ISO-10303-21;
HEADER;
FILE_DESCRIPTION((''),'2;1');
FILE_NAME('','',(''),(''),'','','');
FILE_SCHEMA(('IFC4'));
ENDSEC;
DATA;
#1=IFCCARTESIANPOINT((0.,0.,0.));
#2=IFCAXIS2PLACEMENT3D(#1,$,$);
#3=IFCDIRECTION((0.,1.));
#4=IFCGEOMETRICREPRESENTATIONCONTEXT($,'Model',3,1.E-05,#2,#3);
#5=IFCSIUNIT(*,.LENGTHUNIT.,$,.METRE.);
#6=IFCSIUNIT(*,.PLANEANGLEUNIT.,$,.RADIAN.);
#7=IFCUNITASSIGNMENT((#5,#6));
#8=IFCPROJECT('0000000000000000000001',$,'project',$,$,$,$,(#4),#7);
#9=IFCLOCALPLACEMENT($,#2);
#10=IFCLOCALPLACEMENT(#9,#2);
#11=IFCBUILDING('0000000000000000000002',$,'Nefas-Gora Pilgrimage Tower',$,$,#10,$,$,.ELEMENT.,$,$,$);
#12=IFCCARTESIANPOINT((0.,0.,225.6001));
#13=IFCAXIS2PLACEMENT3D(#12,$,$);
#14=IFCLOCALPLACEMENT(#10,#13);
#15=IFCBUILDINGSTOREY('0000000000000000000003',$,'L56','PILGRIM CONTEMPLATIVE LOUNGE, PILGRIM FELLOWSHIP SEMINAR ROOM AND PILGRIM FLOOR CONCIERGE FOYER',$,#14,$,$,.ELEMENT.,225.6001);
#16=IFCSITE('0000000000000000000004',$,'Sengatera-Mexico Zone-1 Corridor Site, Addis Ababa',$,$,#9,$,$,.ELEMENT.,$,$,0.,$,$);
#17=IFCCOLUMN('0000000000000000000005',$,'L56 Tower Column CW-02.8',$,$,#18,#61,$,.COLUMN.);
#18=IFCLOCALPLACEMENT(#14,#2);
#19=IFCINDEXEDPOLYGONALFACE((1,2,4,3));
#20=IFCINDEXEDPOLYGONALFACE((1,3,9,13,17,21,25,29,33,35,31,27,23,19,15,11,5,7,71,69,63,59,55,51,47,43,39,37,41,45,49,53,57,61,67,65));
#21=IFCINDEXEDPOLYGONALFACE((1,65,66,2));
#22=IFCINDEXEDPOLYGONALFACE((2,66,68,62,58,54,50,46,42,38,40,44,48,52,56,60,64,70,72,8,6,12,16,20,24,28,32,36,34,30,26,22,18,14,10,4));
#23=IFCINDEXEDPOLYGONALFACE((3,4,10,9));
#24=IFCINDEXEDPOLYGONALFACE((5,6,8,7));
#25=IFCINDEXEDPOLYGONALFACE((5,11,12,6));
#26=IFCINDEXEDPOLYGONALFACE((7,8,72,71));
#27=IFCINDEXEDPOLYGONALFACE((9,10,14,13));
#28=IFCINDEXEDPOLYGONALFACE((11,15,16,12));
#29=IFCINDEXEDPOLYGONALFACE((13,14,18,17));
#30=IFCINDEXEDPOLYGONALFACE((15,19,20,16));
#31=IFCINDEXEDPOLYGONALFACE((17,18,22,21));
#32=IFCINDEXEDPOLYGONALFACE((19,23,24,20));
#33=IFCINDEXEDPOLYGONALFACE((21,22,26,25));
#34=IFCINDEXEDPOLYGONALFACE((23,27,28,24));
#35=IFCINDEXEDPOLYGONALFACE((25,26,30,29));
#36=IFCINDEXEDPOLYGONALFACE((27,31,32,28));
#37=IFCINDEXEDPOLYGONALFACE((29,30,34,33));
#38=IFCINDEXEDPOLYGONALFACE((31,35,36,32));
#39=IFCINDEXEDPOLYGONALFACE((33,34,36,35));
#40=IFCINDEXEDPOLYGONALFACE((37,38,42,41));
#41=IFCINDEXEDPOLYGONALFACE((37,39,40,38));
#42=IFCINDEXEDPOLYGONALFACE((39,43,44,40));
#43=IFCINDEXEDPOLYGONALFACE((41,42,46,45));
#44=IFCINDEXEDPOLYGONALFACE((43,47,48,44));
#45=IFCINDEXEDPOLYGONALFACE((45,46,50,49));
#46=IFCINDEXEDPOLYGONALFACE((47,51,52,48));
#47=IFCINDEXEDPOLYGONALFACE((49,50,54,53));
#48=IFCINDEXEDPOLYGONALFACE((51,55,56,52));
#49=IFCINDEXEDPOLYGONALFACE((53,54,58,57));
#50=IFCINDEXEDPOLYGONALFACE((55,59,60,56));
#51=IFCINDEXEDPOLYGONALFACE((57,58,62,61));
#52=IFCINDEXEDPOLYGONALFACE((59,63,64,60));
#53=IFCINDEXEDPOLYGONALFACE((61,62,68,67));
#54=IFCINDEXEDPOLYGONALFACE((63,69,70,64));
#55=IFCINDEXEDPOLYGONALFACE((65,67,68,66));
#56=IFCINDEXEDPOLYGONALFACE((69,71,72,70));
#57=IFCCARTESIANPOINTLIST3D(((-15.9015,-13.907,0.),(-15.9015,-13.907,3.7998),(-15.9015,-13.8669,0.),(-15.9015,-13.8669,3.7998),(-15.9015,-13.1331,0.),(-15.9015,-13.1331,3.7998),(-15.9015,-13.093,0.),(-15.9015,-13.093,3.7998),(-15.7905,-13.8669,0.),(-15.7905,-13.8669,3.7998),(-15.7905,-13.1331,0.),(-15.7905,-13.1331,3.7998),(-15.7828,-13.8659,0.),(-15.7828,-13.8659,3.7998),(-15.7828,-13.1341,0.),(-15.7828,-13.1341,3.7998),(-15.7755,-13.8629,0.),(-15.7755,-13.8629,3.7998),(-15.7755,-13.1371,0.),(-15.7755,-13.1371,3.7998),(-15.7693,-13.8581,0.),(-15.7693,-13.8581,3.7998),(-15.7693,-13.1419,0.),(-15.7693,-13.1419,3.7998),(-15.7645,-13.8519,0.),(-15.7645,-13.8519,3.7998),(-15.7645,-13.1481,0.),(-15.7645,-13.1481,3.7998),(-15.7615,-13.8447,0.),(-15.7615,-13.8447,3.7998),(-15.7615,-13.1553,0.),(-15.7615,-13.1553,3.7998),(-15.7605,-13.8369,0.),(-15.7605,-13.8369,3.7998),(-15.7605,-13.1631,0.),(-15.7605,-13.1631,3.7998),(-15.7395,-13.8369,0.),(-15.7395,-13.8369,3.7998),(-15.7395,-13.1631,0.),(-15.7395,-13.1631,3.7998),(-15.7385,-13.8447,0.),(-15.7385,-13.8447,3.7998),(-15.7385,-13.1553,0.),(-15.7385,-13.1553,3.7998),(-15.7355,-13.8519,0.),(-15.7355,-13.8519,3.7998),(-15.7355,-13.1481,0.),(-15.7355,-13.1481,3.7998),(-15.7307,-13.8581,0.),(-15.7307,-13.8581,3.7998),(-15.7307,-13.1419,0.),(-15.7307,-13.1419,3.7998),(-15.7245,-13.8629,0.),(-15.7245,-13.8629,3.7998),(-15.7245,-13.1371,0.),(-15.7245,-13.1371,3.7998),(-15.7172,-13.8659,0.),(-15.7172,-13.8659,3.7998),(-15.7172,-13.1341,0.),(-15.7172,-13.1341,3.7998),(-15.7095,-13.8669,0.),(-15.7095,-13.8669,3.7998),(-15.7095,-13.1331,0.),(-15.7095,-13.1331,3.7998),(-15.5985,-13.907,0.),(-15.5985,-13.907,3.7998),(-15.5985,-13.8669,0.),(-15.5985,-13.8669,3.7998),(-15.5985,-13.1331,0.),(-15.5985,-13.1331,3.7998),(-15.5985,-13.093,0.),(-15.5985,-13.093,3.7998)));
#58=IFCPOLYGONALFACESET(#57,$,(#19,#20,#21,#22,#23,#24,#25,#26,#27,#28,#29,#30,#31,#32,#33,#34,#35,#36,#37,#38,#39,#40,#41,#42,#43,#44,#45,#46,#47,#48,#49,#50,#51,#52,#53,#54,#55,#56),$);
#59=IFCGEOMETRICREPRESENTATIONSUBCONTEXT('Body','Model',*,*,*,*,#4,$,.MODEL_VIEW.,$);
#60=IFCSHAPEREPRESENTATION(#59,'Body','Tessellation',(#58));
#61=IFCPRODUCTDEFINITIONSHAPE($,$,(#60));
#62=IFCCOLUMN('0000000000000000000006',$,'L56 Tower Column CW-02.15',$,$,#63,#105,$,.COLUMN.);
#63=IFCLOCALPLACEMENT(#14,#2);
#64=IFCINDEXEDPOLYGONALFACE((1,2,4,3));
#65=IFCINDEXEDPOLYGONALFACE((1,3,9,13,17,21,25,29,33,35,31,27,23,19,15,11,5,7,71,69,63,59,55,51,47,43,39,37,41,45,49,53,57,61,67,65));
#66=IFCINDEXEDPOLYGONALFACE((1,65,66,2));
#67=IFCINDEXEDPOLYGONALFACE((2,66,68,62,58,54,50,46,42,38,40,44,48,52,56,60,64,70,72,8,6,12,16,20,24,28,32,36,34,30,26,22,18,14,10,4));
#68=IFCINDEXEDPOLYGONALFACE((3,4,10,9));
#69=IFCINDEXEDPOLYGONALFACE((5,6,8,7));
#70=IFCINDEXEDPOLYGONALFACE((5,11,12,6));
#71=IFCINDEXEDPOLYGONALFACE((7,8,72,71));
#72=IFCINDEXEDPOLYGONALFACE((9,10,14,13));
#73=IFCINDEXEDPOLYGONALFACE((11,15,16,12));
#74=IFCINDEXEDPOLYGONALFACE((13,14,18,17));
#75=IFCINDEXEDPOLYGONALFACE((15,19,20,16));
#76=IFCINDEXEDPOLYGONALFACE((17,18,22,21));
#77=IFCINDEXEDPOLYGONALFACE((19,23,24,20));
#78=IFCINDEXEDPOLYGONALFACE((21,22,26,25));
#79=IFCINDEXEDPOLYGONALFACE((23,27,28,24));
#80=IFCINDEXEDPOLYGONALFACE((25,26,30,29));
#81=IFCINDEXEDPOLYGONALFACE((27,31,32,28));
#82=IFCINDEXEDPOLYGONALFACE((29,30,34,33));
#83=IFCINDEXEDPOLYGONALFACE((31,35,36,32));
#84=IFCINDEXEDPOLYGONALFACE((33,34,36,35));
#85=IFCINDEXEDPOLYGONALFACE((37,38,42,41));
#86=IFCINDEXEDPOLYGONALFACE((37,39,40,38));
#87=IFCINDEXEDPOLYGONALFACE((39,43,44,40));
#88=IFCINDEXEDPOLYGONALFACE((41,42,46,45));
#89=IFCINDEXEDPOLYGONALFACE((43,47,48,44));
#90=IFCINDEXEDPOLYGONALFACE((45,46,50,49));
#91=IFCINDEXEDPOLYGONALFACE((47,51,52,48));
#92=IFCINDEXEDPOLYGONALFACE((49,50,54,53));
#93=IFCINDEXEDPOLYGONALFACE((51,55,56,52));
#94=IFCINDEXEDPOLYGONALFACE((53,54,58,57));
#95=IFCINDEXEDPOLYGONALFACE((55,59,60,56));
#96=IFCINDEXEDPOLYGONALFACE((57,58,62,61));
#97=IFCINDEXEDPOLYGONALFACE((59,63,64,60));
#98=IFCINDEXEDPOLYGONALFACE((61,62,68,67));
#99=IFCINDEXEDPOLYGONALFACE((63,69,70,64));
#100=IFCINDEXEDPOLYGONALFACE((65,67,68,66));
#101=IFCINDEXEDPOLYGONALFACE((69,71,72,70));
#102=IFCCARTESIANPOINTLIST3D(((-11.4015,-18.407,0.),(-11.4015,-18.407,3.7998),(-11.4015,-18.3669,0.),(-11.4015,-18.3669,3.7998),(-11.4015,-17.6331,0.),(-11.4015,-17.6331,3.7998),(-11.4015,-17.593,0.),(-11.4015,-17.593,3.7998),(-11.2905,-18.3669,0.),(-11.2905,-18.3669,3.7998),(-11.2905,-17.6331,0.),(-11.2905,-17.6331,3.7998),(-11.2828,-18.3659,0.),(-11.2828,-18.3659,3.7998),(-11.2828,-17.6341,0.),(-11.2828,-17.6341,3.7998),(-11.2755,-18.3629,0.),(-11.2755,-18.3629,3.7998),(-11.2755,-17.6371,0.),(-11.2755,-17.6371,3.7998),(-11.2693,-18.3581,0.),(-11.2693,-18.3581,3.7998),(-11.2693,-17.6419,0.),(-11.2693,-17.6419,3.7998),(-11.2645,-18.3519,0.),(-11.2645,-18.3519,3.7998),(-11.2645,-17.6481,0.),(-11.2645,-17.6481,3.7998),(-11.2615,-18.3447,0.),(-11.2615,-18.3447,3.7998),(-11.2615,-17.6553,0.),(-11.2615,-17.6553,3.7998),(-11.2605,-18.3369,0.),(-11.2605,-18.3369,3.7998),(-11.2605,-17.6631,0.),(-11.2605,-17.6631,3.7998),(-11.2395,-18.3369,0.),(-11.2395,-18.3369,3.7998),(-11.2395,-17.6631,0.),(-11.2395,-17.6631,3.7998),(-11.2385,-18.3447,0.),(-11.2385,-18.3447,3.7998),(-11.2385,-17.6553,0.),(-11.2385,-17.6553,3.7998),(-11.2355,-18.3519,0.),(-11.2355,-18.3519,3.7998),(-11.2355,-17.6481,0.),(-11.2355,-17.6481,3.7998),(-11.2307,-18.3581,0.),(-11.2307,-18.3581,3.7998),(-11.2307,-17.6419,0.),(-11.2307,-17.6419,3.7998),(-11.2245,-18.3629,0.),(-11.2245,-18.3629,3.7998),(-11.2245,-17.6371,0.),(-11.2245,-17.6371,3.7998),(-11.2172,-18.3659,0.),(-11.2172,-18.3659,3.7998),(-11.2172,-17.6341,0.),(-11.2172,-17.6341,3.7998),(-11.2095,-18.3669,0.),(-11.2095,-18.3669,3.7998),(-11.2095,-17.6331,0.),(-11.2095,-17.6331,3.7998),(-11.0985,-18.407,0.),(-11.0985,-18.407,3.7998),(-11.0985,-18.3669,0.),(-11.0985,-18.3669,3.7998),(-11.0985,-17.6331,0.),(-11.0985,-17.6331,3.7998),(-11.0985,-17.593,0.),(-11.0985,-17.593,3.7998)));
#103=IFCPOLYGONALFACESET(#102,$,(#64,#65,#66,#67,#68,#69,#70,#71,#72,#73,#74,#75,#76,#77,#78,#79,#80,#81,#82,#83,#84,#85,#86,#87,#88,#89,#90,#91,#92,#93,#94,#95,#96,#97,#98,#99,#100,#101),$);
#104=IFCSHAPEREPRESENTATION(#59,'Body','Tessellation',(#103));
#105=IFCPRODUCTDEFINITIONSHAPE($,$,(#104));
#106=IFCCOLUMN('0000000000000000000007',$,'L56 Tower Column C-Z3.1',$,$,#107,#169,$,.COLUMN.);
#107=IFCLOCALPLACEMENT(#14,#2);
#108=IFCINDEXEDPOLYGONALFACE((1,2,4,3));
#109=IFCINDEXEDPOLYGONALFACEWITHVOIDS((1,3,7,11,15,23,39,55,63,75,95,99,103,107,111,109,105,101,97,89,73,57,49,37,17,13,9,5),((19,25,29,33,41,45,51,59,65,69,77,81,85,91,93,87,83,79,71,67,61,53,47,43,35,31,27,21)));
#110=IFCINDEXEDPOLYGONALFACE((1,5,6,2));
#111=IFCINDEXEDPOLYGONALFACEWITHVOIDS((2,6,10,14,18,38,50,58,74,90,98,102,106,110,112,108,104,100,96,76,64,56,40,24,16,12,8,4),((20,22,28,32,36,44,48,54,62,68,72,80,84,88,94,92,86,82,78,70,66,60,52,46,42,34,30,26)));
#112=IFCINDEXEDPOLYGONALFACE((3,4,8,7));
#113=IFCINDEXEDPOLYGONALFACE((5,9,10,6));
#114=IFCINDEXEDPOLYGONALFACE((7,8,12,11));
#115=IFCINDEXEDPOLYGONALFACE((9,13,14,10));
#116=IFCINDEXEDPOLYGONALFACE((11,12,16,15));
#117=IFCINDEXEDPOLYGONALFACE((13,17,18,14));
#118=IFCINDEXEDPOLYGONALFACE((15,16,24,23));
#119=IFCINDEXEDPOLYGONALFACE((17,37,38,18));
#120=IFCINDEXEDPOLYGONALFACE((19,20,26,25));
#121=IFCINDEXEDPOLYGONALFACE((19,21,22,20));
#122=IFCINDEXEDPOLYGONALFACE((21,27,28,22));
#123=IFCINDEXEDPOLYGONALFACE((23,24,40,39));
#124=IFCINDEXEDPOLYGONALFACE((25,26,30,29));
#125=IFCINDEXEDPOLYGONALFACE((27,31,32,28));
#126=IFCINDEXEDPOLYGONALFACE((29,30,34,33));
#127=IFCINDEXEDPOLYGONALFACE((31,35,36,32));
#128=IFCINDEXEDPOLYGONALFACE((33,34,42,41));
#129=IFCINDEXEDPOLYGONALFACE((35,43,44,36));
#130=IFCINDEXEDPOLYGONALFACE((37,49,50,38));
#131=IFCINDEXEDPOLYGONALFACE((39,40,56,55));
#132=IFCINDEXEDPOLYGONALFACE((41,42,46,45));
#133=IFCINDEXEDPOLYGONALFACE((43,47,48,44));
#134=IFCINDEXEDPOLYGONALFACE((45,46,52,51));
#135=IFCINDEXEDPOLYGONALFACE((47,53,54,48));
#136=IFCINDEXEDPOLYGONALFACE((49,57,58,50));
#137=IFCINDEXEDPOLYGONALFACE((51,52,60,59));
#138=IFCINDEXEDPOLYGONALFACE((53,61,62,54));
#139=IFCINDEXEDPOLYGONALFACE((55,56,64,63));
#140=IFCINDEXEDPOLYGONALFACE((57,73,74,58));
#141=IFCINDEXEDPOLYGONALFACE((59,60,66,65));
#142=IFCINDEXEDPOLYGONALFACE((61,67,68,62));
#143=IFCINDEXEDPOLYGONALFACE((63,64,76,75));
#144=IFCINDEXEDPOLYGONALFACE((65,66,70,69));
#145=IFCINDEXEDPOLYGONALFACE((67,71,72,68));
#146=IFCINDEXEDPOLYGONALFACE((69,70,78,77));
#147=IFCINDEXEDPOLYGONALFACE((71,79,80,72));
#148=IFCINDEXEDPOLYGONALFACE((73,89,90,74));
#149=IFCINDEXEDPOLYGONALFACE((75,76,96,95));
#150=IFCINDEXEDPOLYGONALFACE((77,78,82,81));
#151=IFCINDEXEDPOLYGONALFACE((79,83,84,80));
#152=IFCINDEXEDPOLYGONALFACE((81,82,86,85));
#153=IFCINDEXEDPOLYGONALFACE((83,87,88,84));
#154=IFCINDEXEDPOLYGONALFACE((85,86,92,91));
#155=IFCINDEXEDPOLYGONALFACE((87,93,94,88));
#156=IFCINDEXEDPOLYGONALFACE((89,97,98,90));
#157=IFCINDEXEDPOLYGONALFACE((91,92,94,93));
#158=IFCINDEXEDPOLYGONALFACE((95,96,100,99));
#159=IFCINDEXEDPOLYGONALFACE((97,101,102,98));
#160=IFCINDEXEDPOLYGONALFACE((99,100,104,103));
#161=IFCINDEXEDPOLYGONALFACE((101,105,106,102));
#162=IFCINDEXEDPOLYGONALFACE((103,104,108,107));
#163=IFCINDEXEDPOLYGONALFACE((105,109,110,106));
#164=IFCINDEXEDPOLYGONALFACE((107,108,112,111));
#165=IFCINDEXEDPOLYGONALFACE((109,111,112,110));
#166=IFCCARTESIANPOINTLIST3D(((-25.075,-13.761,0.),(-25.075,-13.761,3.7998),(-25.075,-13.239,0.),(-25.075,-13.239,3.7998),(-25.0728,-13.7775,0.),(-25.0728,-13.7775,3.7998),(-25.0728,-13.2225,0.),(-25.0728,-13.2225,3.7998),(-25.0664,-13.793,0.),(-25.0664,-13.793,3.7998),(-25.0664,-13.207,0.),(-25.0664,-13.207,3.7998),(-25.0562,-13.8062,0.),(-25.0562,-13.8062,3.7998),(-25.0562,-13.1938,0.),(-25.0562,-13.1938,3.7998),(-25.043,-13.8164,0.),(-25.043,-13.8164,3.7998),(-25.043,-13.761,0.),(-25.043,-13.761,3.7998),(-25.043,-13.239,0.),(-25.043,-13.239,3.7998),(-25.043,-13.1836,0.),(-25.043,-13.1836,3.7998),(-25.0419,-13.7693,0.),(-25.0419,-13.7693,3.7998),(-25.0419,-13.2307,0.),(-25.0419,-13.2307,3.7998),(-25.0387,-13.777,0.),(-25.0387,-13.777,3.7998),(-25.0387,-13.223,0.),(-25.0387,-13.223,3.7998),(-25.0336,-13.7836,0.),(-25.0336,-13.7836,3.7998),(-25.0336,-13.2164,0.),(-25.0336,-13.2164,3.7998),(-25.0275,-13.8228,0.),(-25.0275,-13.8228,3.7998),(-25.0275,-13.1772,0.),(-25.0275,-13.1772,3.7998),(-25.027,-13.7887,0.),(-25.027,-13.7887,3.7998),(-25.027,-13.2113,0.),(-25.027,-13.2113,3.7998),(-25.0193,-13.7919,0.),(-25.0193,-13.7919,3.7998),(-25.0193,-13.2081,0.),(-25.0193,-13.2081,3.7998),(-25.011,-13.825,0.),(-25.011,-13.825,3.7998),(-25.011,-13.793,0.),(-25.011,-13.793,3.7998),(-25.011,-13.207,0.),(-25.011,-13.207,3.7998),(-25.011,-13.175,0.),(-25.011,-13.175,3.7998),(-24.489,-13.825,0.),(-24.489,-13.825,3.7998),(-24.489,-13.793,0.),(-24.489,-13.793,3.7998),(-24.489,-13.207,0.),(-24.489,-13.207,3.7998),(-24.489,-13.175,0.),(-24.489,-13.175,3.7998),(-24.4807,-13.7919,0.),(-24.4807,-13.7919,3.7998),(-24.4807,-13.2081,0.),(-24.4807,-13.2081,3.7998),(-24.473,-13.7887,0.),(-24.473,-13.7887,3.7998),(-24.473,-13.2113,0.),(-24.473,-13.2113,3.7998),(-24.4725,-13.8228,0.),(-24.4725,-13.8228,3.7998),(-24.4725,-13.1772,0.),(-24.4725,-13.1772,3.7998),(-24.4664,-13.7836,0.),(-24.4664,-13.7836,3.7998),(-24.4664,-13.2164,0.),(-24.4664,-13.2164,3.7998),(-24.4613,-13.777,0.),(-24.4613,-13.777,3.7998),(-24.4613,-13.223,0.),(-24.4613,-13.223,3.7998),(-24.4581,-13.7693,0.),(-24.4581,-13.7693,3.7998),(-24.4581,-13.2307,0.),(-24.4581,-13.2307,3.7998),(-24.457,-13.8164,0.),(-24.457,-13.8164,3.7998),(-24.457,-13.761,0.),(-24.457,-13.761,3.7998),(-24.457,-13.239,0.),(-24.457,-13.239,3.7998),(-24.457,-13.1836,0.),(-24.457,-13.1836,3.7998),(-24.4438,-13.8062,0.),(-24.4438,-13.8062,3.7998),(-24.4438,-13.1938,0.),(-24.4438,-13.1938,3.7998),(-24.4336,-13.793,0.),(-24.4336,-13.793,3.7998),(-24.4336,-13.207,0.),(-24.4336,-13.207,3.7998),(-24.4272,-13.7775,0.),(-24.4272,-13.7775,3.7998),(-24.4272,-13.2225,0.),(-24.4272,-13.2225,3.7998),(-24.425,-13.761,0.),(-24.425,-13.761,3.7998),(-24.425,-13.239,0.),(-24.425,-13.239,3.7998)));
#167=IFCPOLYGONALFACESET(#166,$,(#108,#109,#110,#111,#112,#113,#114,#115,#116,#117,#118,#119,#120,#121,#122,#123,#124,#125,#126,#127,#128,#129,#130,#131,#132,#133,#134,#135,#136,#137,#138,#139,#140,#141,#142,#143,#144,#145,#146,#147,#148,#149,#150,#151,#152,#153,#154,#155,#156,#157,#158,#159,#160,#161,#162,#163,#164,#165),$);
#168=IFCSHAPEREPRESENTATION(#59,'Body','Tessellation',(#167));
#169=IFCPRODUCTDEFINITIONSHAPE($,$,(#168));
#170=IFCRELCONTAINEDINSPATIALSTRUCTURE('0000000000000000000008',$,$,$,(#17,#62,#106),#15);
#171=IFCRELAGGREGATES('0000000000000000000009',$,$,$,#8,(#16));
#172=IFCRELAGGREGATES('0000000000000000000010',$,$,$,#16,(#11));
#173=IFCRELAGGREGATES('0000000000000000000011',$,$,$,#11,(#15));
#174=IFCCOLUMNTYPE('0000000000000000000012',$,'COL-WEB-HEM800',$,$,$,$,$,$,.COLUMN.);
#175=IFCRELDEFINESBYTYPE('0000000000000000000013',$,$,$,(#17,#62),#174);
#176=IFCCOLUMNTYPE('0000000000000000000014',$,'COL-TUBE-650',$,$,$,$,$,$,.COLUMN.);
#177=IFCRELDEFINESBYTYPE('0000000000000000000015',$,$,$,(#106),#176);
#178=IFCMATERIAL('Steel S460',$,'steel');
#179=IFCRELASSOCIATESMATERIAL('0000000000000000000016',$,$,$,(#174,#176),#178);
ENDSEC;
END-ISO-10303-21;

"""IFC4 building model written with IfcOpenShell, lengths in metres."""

from ifc_helpers import new_model, si_unit, direction, frame, origin, origin_2d, place, context, subcontext, project, spatial, hollow_rectangle, i_section, extrude, source, transform, mapped, material, material_profile, profile_set, type_object, element, save


model = new_model("IFC4")

# Units and contexts
model_context = context("Model", 3, precision=1e-05, world=origin(), true_north=direction((0.0, 1.0)))
body_context = subcontext(model_context, "Body", "Model", "MODEL_VIEW")
ifc_project = project(units=[si_unit("LENGTHUNIT", "METRE"), si_unit("PLANEANGLEUNIT", "RADIAN")], contexts=[model_context])

# Site, building, storey
site_placement = place(None, origin())
site = spatial("IfcSite", under=ifc_project, at=site_placement, Name="Sengatera-Mexico Zone-1 Corridor Site, Addis Ababa", CompositionType="ELEMENT", RefElevation=0.0)
building_placement = place(site_placement, origin())
building = spatial("IfcBuilding", under=site, at=building_placement, Name="Nefas-Gora Pilgrimage Tower", CompositionType="ELEMENT")
storey_placement = place(building_placement, frame((0.0, 0.0, 225.6001)))
storey = spatial("IfcBuildingStorey", under=building, at=storey_placement, Name="L56", Description="PILGRIM CONTEMPLATIVE LOUNGE, PILGRIM FELLOWSHIP SEMINAR ROOM AND PILGRIM FLOOR CONCIERGE FOYER", CompositionType="ELEMENT", Elevation=225.6001)

# Columns
ifc_material_1 = material(Name="Steel S460", Category="steel")
ifc_material_profile_1 = material_profile(ifc_material_1, i_section(OverallWidth=0.303, OverallDepth=0.814, WebThickness=0.021, FlangeThickness=0.04, FilletRadius=0.03, at=origin_2d()), Name="HEM 800")
ifc_profile_set_1 = profile_set([ifc_material_profile_1], Name="Steel S460")
column_type_1 = type_object("IfcColumnType", Name="COL-WEB-HEM800", PredefinedType="COLUMN", material=ifc_profile_set_1)
shared_shape_1 = source(origin(), body_context, "Body", "SweptSolid", [
    extrude(i_section(OverallWidth=0.303, OverallDepth=0.814, WebThickness=0.021, FlangeThickness=0.04, FilletRadius=0.03, at=origin_2d()), origin(), (0.0, 0.0, 1.0), 3.7998),
])
for number, where, z_axis, x_axis, name in (
    (1, (-15.75, -13.5, 0.0), (0.0, 0.0, 1.0), (1.0, 0.0, 0.0), "L56 Tower Column CW-02.8"),
    (2, (-11.25, -18.0, 0.0), (0.0, 0.0, 1.0), (1.0, 0.0, 0.0), "L56 Tower Column CW-02.15"),
):
    element("IfcColumn", number, at=place(storey_placement, frame(where, z_axis=z_axis, x_axis=x_axis)), inside=storey, type_object=column_type_1, Name=name, PredefinedType="COLUMN", context=body_context, shape_type="MappedRepresentation", body=[
        mapped(shared_shape_1, transform((0.0, 0.0, 0.0), x_axis=(1.0, 0.0, 0.0), y_axis=(0.0, 1.0, 0.0), z_axis=(0.0, 0.0, 1.0), scale=1.0)),
    ])
ifc_material_profile_2 = material_profile(ifc_material_1, hollow_rectangle(XDim=0.6499, YDim=0.6499, WallThickness=0.032, InnerFilletRadius=0.032, OuterFilletRadius=0.064, at=origin_2d()), Name="BOX 650x650x32")
ifc_profile_set_2 = profile_set([ifc_material_profile_2], Name="Steel S460")
column_type_2 = type_object("IfcColumnType", Name="COL-TUBE-650", PredefinedType="COLUMN", material=ifc_profile_set_2)
shared_shape_2 = source(origin(), body_context, "Body", "SweptSolid", [
    extrude(hollow_rectangle(XDim=0.6499, YDim=0.6499, WallThickness=0.032, InnerFilletRadius=0.032, OuterFilletRadius=0.064, at=origin_2d()), origin(), (0.0, 0.0, 1.0), 3.7998),
])
column_placement = place(storey_placement, frame((-24.75, -13.5, 0.0), z_axis=(0.0, 0.0, 1.0), x_axis=(1.0, 0.0, 0.0)))
element("IfcColumn", 3, at=column_placement, inside=storey, type_object=column_type_2, Name="L56 Tower Column C-Z3.1", PredefinedType="COLUMN", context=body_context, shape_type="MappedRepresentation", body=[
    mapped(shared_shape_2, transform((0.0, 0.0, 0.0), x_axis=(1.0, 0.0, 0.0), y_axis=(0.0, 1.0, 0.0), z_axis=(0.0, 0.0, 1.0), scale=1.0)),
])

save(model, "model.ifc")
